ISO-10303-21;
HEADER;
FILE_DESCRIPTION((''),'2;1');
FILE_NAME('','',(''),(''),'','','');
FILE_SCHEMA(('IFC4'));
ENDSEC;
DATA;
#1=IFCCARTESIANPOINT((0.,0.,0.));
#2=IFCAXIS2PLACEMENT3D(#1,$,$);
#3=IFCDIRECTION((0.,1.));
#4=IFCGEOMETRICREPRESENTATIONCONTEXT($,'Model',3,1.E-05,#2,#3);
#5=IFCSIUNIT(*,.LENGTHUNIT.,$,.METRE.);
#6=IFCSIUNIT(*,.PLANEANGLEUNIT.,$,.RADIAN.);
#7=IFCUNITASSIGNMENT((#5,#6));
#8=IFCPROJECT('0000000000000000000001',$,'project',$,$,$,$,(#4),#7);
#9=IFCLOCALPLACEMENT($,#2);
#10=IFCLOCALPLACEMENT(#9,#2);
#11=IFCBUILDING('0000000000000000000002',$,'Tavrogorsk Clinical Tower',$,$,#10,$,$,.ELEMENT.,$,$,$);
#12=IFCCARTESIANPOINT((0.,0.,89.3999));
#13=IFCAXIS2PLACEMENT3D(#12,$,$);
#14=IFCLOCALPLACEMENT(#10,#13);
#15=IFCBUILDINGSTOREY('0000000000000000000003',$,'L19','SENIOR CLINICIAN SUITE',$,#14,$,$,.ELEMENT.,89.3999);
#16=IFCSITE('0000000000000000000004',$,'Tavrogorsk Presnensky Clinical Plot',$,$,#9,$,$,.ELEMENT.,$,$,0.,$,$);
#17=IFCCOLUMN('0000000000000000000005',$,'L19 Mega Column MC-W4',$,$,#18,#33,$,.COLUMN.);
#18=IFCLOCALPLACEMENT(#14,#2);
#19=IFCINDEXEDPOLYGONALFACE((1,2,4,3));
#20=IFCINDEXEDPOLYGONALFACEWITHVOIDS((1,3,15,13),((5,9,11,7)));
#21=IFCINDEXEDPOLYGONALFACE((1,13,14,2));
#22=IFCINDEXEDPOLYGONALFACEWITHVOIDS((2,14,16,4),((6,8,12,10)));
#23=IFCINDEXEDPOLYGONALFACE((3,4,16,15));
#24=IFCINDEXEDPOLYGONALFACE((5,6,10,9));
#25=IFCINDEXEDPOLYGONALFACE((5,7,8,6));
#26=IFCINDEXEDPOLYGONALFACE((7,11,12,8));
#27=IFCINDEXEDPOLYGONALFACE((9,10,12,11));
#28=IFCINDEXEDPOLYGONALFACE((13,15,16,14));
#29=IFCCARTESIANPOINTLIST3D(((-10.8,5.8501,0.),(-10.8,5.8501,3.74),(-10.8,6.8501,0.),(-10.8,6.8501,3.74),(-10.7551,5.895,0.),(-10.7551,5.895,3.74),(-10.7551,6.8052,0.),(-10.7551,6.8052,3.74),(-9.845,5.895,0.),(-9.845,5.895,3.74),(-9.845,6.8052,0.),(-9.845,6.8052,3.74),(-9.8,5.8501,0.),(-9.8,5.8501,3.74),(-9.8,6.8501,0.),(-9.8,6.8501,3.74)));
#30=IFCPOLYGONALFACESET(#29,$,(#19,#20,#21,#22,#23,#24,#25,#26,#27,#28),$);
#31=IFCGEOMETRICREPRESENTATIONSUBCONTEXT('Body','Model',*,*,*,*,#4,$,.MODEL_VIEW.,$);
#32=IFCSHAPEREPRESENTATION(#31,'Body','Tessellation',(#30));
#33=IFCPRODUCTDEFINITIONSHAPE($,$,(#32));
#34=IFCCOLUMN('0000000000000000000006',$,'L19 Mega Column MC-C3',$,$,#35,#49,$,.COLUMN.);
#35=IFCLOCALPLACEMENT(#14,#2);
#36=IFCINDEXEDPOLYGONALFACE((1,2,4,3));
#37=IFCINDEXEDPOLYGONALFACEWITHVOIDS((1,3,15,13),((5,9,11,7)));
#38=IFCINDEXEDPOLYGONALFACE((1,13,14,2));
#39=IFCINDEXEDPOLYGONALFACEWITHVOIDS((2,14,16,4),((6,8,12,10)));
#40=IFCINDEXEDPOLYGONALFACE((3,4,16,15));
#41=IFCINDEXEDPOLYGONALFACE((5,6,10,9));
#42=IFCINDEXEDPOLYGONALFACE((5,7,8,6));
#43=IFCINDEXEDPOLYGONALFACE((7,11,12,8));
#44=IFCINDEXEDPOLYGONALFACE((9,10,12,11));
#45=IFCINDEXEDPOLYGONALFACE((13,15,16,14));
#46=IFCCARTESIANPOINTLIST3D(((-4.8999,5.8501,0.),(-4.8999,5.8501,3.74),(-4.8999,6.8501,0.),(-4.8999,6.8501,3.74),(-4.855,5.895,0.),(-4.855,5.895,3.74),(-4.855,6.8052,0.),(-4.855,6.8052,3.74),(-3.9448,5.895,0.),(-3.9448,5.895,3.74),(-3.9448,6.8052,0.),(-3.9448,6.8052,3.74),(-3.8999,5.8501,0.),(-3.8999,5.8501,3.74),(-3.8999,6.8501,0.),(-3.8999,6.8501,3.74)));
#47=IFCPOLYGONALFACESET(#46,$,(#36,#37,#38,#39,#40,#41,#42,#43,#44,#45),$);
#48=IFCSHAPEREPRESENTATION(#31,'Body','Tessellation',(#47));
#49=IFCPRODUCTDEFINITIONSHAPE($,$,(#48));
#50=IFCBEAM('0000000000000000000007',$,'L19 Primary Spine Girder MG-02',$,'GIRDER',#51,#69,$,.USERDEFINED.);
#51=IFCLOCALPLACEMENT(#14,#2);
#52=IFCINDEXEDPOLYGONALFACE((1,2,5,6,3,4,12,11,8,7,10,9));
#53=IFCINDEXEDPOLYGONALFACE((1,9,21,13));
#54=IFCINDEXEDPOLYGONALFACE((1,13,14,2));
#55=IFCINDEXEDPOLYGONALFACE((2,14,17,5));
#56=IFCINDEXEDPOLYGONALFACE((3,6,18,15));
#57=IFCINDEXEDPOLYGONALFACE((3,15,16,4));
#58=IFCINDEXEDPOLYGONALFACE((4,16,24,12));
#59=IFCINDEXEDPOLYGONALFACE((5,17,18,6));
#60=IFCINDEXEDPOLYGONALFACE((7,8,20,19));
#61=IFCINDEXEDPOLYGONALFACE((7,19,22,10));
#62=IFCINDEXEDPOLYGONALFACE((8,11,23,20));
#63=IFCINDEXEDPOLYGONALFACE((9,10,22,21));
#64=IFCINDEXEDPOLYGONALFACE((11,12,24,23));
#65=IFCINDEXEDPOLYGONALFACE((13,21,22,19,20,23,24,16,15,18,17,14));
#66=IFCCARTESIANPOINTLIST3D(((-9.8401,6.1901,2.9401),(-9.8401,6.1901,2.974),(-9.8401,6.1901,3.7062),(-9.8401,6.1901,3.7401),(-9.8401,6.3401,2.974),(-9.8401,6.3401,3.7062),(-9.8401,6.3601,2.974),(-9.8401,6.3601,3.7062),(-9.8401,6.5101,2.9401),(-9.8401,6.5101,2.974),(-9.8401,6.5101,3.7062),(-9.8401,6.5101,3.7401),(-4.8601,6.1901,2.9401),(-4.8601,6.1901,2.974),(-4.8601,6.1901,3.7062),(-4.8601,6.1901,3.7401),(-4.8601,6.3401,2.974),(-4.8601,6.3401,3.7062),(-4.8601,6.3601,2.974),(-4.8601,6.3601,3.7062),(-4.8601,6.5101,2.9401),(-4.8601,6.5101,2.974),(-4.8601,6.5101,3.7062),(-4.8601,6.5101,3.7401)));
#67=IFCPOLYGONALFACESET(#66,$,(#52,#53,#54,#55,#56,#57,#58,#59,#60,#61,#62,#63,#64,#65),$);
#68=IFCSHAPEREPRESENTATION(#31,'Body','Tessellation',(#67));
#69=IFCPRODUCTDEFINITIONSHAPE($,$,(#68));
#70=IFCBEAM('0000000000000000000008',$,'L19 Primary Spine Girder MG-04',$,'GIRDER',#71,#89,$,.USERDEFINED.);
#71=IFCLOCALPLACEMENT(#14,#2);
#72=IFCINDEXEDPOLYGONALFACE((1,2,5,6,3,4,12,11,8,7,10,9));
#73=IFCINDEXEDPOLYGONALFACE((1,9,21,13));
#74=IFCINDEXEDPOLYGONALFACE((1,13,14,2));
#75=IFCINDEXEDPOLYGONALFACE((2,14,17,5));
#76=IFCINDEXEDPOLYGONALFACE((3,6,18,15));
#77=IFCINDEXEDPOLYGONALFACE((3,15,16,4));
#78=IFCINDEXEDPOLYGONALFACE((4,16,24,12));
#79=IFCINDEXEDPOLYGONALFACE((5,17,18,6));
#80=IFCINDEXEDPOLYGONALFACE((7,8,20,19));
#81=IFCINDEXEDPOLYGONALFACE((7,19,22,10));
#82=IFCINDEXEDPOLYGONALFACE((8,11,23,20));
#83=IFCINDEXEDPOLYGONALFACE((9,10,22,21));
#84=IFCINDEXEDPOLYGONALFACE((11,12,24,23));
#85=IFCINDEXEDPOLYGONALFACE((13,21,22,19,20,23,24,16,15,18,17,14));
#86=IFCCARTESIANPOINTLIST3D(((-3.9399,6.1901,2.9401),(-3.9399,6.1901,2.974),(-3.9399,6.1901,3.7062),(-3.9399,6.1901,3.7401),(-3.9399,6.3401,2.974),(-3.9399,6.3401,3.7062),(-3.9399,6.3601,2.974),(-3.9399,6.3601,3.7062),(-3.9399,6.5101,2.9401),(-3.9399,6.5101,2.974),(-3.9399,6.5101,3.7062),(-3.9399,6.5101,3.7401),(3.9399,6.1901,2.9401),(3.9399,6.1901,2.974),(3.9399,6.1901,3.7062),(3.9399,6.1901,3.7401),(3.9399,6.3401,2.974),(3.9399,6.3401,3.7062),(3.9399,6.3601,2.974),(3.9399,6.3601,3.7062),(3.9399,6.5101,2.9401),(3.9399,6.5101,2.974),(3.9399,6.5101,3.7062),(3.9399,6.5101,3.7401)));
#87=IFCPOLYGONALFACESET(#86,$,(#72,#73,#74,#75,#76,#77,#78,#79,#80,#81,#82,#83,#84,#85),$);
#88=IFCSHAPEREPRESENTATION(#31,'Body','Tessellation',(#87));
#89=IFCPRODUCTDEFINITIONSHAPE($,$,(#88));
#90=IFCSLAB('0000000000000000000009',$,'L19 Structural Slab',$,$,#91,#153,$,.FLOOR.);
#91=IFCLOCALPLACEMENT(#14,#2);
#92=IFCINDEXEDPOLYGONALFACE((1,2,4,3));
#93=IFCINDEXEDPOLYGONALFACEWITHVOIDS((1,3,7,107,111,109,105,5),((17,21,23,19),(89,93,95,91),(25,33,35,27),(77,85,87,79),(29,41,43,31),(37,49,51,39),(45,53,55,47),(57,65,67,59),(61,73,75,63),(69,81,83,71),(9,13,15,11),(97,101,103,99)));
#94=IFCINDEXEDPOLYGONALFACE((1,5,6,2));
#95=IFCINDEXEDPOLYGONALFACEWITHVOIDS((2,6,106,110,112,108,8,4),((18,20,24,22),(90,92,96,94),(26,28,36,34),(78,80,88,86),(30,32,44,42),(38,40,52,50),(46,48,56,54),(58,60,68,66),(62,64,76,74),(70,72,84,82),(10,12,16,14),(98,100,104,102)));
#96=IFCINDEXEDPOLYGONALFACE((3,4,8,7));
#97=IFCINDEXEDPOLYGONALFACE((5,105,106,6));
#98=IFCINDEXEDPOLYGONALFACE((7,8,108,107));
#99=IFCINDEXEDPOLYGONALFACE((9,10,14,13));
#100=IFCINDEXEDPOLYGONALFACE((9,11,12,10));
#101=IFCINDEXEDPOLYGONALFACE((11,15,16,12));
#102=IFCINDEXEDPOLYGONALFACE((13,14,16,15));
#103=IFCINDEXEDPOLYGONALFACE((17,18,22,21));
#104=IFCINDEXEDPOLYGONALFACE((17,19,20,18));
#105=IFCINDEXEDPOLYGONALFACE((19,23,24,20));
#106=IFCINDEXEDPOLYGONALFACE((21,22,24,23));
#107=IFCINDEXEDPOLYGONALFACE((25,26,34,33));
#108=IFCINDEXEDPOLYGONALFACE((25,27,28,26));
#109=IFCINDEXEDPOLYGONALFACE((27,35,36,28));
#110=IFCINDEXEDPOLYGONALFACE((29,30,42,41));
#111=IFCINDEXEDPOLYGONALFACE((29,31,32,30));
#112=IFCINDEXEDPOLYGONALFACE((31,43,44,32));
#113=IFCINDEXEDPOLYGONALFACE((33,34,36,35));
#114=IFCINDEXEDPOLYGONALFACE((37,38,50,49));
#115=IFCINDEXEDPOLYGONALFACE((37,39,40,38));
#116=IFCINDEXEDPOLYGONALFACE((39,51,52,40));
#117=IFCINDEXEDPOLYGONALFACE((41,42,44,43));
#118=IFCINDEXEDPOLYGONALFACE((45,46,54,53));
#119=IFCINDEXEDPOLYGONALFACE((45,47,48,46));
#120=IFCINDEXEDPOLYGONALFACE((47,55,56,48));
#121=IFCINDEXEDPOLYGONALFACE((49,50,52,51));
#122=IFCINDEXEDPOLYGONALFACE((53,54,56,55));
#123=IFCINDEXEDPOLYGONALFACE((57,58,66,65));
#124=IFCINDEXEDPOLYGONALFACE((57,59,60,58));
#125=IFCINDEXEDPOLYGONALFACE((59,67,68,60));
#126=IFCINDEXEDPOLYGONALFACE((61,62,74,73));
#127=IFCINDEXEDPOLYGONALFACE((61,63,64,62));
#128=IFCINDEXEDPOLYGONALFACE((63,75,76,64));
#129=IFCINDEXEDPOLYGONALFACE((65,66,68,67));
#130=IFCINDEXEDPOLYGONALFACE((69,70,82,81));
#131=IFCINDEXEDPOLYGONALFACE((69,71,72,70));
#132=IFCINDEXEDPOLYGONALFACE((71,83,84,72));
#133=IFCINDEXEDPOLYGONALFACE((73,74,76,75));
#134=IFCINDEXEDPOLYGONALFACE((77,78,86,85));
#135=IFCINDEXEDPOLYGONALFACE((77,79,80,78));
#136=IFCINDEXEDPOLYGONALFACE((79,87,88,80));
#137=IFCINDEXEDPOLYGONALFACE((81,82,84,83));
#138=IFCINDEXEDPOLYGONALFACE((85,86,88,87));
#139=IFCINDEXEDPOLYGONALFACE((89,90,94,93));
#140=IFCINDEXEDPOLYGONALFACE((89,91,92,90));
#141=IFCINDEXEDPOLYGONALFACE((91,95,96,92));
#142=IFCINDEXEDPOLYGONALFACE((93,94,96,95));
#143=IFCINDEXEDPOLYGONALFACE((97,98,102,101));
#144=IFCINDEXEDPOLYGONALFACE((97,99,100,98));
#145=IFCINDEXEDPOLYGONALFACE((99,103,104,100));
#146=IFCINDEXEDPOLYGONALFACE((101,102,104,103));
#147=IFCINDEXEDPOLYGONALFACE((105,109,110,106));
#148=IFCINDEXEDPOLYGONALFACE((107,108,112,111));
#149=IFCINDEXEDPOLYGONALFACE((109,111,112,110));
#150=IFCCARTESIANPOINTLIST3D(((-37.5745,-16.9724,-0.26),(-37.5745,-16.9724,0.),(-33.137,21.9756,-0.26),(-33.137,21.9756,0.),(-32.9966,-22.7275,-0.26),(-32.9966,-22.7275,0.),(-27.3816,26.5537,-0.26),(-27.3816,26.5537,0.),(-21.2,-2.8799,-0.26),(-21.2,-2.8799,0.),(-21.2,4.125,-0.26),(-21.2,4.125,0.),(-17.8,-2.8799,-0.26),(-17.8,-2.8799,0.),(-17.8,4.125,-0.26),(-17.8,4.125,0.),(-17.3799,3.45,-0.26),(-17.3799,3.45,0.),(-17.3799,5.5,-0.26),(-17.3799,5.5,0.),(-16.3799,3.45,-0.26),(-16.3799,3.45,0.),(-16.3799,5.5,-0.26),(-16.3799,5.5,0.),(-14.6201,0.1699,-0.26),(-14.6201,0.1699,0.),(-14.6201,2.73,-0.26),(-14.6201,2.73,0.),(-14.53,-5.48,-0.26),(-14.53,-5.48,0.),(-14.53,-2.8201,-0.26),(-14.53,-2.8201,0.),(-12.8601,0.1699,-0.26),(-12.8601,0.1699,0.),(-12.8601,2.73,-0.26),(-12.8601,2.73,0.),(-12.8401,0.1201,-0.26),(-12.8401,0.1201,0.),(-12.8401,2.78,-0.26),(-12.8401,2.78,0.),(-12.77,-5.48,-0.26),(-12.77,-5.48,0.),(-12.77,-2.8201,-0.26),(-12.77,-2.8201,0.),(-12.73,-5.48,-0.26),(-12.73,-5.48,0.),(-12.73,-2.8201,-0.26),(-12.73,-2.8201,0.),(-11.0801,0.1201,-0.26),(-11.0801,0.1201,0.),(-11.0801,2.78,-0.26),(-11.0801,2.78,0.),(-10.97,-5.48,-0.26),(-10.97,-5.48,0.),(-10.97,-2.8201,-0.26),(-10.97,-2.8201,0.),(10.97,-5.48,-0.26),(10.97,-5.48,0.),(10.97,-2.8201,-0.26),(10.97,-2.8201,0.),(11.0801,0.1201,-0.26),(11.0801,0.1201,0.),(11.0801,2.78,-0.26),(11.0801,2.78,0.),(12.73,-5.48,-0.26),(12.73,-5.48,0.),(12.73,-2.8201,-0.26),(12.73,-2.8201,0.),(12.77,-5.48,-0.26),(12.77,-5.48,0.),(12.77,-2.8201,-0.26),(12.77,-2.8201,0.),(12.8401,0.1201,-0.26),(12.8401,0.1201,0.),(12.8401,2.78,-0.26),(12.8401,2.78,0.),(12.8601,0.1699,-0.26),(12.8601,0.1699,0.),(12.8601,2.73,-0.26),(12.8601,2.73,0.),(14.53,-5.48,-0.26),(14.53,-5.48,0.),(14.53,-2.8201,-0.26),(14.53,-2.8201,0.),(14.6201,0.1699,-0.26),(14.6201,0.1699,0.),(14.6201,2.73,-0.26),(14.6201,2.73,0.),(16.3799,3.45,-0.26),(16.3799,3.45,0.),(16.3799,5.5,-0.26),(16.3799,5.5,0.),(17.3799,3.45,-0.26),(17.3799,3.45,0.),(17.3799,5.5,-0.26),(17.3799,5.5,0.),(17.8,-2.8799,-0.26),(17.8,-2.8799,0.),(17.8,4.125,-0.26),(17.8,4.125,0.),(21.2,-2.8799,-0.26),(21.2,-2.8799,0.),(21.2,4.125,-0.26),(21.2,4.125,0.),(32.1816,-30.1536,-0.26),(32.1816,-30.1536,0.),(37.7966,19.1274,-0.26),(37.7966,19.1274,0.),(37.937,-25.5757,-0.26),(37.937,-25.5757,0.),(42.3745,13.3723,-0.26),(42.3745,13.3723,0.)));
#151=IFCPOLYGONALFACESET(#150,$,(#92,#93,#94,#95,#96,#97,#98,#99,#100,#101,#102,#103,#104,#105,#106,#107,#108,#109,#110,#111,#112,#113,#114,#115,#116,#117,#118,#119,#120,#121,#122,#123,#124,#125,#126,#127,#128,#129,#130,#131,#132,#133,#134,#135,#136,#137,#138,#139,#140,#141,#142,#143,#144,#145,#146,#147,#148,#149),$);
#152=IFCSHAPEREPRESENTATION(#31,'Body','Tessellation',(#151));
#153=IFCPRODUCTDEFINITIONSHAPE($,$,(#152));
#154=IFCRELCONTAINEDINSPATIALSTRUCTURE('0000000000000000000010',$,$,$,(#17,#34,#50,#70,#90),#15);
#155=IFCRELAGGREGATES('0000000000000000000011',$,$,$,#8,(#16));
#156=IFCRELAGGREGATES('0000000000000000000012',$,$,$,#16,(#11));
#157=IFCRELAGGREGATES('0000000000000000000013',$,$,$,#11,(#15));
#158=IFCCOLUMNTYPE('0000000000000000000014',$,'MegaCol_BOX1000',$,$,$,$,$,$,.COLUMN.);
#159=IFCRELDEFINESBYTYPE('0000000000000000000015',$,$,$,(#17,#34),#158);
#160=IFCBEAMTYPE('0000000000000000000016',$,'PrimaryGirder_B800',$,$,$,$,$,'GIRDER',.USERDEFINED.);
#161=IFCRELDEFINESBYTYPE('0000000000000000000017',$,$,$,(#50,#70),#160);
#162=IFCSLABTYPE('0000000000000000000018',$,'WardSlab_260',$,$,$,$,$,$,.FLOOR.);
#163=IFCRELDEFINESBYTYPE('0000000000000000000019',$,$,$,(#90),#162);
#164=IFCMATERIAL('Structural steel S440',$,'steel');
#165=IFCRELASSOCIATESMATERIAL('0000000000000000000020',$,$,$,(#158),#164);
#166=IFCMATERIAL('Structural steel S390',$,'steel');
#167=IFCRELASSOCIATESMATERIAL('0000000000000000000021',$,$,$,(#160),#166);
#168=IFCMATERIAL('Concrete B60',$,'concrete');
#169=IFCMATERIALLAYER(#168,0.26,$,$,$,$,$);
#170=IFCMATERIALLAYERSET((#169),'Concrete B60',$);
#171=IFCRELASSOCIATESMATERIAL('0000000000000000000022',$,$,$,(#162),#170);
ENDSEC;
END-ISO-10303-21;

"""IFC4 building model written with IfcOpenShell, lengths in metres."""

from ifc_helpers import new_model, si_unit, direction, frame, origin, origin_2d, place, context, subcontext, project, spatial, polyline, hollow_rectangle, i_section, outline, extrude, material, layer, layer_set, material_profile, profile_set, type_object, element, save


model = new_model("IFC4")

# Units and contexts
model_context = context("Model", 3, precision=1e-05, world=origin(), true_north=direction((0.0, 1.0)))
body_context = subcontext(model_context, "Body", "Model", "MODEL_VIEW")
ifc_project = project(units=[si_unit("LENGTHUNIT", "METRE"), si_unit("PLANEANGLEUNIT", "RADIAN")], contexts=[model_context])

# Site, building, storey
site_placement = place(None, origin())
site = spatial("IfcSite", under=ifc_project, at=site_placement, Name="Tavrogorsk Presnensky Clinical Plot", CompositionType="ELEMENT", RefElevation=0.0)
building_placement = place(site_placement, origin())
building = spatial("IfcBuilding", under=site, at=building_placement, Name="Tavrogorsk Clinical Tower", CompositionType="ELEMENT")
storey_placement = place(building_placement, frame((0.0, 0.0, 89.3999)))
storey = spatial("IfcBuildingStorey", under=building, at=storey_placement, Name="L19", Description="SENIOR CLINICIAN SUITE", CompositionType="ELEMENT", Elevation=89.3999)

# Columns
ifc_material_1 = material(Name="Structural steel S440", Category="steel")
ifc_material_profile_1 = material_profile(ifc_material_1, hollow_rectangle(XDim=1.0, YDim=1.0, WallThickness=0.0449, at=origin_2d()), Name="BOX-1000x1000x45")
ifc_profile_set_1 = profile_set([ifc_material_profile_1], Name="Structural steel S440")
column_type = type_object("IfcColumnType", Name="MegaCol_BOX1000", PredefinedType="COLUMN", material=ifc_profile_set_1)
for number, where, z_axis, x_axis, name in (
    (1, (-10.3, 6.3501, 0.0), (0.0, 0.0, 1.0), (1.0, 0.0, 0.0), "L19 Mega Column MC-W4"),
    (2, (-4.3999, 6.3501, 0.0), (0.0, 0.0, 1.0), (1.0, 0.0, 0.0), "L19 Mega Column MC-C3"),
):
    element("IfcColumn", number, at=place(storey_placement, frame(where, z_axis=z_axis, x_axis=x_axis)), inside=storey, type_object=column_type, Name=name, PredefinedType="COLUMN", context=body_context, shape_type="SweptSolid", body=[
        extrude(hollow_rectangle(XDim=1.0, YDim=1.0, WallThickness=0.0449, at=origin_2d()), origin(), (0.0, 0.0, 1.0), 3.74),
    ])

# Beams
ifc_material_2 = material(Name="Structural steel S390", Category="steel")
ifc_material_profile_2 = material_profile(ifc_material_2, i_section(OverallWidth=0.3201, OverallDepth=0.8, WebThickness=0.02, FlangeThickness=0.0339, at=origin_2d()), Name="B-800x320x20x34")
ifc_profile_set_2 = profile_set([ifc_material_profile_2], Name="Structural steel S390")
beam_type = type_object("IfcBeamType", Name="PrimaryGirder_B800", ElementType="GIRDER", PredefinedType="USERDEFINED", material=ifc_profile_set_2)
beam_1_placement = place(storey_placement, frame((-9.8401, 6.3501, 3.3401), z_axis=(1.0, 0.0, 0.0), x_axis=(0.0, 1.0, 0.0)))
element("IfcBeam", 3, at=beam_1_placement, inside=storey, type_object=beam_type, Name="L19 Primary Spine Girder MG-02", ObjectType="GIRDER", PredefinedType="USERDEFINED", context=body_context, shape_type="SweptSolid", body=[
    extrude(i_section(OverallWidth=0.3201, OverallDepth=0.8, WebThickness=0.02, FlangeThickness=0.0339, at=origin_2d()), origin(), (0.0, 0.0, 1.0), 4.98),
])
beam_2_placement = place(storey_placement, frame((-3.9399, 6.3501, 3.3401), z_axis=(1.0, 0.0, 0.0), x_axis=(0.0, 1.0, 0.0)))
element("IfcBeam", 4, at=beam_2_placement, inside=storey, type_object=beam_type, Name="L19 Primary Spine Girder MG-04", ObjectType="GIRDER", PredefinedType="USERDEFINED", context=body_context, shape_type="SweptSolid", body=[
    extrude(i_section(OverallWidth=0.3201, OverallDepth=0.8, WebThickness=0.02, FlangeThickness=0.0339, at=origin_2d()), origin(), (0.0, 0.0, 1.0), 7.8799),
])

# Slab
ifc_material_3 = material(Name="Concrete B60", Category="concrete")
ifc_layer_1 = layer(ifc_material_3, 0.26)
ifc_layer_set_1 = layer_set([ifc_layer_1], Name="Concrete B60")
slab_type = type_object("IfcSlabType", Name="WardSlab_260", PredefinedType="FLOOR", material=ifc_layer_set_1)
slab_placement = place(storey_placement, frame((0.0, 0.0, -0.26)))
element("IfcSlab", 5, at=slab_placement, inside=storey, type_object=slab_type, Name="L19 Structural Slab", PredefinedType="FLOOR", context=body_context, shape_type="SweptSolid", body=[
    extrude(outline(polyline([(-32.9966, -22.7275), (32.1816, -30.1536), (37.937, -25.5757), (42.3745, 13.3723), (37.7966, 19.1274), (-27.3816, 26.5537), (-33.137, 21.9756), (-37.5745, -16.9724), (-32.9966, -22.7275)]), holes=[polyline([(-17.8, -2.8799), (-17.8, 4.125), (-21.2, 4.125), (-21.2, -2.8799), (-17.8, -2.8799)]), polyline([(21.2, -2.8799), (21.2, 4.125), (17.8, 4.125), (17.8, -2.8799), (21.2, -2.8799)]), polyline([(-14.6201, 0.1699), (-12.8601, 0.1699), (-12.8601, 2.73), (-14.6201, 2.73), (-14.6201, 0.1699)]), polyline([(-14.53, -5.48), (-12.77, -5.48), (-12.77, -2.8201), (-14.53, -2.8201), (-14.53, -5.48)]), polyline([(-12.73, -5.48), (-10.97, -5.48), (-10.97, -2.8201), (-12.73, -2.8201), (-12.73, -5.48)]), polyline([(-12.8401, 0.1201), (-11.0801, 0.1201), (-11.0801, 2.78), (-12.8401, 2.78), (-12.8401, 0.1201)]), polyline([(12.8601, 0.1699), (14.6201, 0.1699), (14.6201, 2.73), (12.8601, 2.73), (12.8601, 0.1699)]), polyline([(12.77, -5.48), (14.53, -5.48), (14.53, -2.8201), (12.77, -2.8201), (12.77, -5.48)]), polyline([(10.97, -5.48), (12.73, -5.48), (12.73, -2.8201), (10.97, -2.8201), (10.97, -5.48)]), polyline([(11.0801, 0.1201), (12.8401, 0.1201), (12.8401, 2.78), (11.0801, 2.78), (11.0801, 0.1201)]), polyline([(-17.3799, 3.45), (-16.3799, 3.45), (-16.3799, 5.5), (-17.3799, 5.5), (-17.3799, 3.45)]), polyline([(16.3799, 3.45), (17.3799, 3.45), (17.3799, 5.5), (16.3799, 5.5), (16.3799, 3.45)])]), origin(), (0.0, 0.0, 1.0), 0.26),
])

save(model, "model.ifc")
